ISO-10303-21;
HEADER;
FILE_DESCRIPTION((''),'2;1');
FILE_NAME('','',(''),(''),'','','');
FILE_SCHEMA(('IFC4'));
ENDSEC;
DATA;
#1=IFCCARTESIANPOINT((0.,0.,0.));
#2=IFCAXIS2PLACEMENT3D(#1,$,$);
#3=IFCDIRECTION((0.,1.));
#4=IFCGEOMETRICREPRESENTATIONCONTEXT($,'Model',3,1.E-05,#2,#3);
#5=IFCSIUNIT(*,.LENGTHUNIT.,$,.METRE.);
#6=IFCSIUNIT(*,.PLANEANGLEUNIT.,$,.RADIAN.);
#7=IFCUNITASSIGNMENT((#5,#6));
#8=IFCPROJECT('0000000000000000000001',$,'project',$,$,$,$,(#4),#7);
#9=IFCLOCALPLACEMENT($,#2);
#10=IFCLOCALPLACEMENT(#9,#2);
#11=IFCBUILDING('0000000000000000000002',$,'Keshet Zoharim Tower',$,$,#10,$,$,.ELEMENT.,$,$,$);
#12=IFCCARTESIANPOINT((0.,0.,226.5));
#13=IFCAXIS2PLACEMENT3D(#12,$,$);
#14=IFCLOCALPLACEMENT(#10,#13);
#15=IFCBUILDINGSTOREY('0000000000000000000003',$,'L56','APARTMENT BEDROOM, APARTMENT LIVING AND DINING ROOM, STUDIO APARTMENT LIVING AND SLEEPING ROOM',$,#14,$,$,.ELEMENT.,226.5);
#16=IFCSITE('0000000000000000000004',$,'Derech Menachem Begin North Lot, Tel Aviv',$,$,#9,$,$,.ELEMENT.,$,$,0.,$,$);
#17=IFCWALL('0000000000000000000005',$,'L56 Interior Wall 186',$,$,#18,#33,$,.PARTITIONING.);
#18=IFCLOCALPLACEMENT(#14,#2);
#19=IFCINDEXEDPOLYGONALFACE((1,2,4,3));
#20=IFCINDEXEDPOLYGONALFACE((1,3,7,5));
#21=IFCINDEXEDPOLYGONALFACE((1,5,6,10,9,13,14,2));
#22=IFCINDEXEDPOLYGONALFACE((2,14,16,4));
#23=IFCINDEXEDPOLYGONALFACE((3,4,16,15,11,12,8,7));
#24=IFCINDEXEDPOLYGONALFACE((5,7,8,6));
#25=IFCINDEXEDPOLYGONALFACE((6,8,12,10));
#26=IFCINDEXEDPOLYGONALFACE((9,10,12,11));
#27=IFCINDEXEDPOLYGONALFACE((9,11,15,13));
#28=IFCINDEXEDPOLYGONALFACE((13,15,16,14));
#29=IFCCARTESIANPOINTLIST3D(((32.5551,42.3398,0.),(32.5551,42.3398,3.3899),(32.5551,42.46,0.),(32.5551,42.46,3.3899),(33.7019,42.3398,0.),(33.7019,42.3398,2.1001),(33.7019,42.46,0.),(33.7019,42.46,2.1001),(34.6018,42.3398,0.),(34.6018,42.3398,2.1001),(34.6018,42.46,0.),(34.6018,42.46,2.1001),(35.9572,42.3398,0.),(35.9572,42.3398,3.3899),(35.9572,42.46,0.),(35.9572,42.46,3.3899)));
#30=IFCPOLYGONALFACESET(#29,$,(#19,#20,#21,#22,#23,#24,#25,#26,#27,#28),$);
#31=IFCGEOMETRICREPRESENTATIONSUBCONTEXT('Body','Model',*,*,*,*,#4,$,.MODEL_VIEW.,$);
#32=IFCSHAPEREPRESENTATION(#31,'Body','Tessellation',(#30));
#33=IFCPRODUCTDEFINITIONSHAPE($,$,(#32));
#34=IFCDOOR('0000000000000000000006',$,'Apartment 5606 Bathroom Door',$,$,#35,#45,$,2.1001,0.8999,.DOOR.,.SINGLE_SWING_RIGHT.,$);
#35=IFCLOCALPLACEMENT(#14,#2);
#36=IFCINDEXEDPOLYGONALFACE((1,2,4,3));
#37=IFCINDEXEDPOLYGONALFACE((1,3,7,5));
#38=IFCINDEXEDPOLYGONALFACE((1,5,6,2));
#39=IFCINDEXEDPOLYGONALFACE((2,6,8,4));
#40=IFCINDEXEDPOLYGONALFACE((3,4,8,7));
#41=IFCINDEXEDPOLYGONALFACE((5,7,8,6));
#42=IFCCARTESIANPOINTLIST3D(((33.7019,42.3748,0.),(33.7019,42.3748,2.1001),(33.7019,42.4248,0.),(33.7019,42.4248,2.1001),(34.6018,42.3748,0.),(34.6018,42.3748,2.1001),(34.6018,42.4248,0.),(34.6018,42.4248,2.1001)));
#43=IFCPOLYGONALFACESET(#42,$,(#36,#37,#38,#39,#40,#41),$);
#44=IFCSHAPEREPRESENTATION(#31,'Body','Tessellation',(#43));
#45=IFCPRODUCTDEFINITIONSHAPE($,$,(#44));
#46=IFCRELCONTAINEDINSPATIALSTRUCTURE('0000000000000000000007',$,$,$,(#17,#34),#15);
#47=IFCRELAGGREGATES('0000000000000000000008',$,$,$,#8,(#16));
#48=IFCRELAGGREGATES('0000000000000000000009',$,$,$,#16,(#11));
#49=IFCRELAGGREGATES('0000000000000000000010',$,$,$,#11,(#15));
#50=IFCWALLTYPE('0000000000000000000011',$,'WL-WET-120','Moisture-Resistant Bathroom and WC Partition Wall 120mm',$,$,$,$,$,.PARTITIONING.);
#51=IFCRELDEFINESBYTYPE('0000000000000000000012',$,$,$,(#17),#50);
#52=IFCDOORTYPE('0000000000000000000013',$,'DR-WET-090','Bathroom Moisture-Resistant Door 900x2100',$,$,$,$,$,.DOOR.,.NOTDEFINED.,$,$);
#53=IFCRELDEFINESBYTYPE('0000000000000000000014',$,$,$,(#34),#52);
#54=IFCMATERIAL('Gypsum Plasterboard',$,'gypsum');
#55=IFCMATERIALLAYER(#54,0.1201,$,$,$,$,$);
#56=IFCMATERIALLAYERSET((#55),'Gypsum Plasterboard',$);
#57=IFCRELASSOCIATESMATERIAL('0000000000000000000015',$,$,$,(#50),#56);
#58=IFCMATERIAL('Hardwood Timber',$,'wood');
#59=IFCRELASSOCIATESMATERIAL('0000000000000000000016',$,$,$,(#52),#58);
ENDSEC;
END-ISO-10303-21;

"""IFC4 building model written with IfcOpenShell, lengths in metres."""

from ifc_helpers import new_model, si_unit, direction, frame, frame_2d, origin, place, context, subcontext, project, spatial, rectangle, extrude, material, layer, layer_set, type_object, element, fill, save


model = new_model("IFC4")

# Units and contexts
model_context = context("Model", 3, precision=1e-05, world=origin(), true_north=direction((0.0, 1.0)))
body_context = subcontext(model_context, "Body", "Model", "MODEL_VIEW")
ifc_project = project(units=[si_unit("LENGTHUNIT", "METRE"), si_unit("PLANEANGLEUNIT", "RADIAN")], contexts=[model_context])

# Site, building, storey
site_placement = place(None, origin())
site = spatial("IfcSite", under=ifc_project, at=site_placement, Name="Derech Menachem Begin North Lot, Tel Aviv", CompositionType="ELEMENT", RefElevation=0.0)
building_placement = place(site_placement, origin())
building = spatial("IfcBuilding", under=site, at=building_placement, Name="Keshet Zoharim Tower", CompositionType="ELEMENT")
storey_placement = place(building_placement, frame((0.0, 0.0, 226.5)))
storey = spatial("IfcBuildingStorey", under=building, at=storey_placement, Name="L56", Description="APARTMENT BEDROOM, APARTMENT LIVING AND DINING ROOM, STUDIO APARTMENT LIVING AND SLEEPING ROOM", CompositionType="ELEMENT", Elevation=226.5)

# Shared definitions
ifc_material_1 = material(Name="Gypsum Plasterboard", Category="gypsum")

# Shared definitions
ifc_material_2 = material(Name="Hardwood Timber", Category="wood")

# Shared definitions
ifc_layer_1 = layer(ifc_material_1, 0.1201)
ifc_layer_set_1 = layer_set([ifc_layer_1], Name="Gypsum Plasterboard")
wall_type_1 = type_object("IfcWallType", Name="WL-WET-120", Description="Moisture-Resistant Bathroom and WC Partition Wall 120mm", PredefinedType="PARTITIONING", material=ifc_layer_set_1)

# Wall, opening, door
wall_1_placement = place(storey_placement, frame((32.5549, 42.3999, 0.0), z_axis=(0.0, 0.0, 1.0), x_axis=(1.0, 0.0, 0.0)))
wall_1 = element("IfcWall", 1, at=wall_1_placement, inside=storey, type_object=wall_type_1, Name="L56 Interior Wall 186", PredefinedType="PARTITIONING", context=body_context, shape_type="SweptSolid", body=[
    extrude(rectangle(XDim=3.4021, YDim=0.1201, at=frame_2d((1.7012, 0.0))), origin(), (0.0, 0.0, 1.0), 3.3899),
])
opening_1_placement = place(wall_1_placement, frame((1.147, 0.0, 0.0)))
opening_1 = element("IfcOpeningElement", 2, at=opening_1_placement, cuts=wall_1, PredefinedType="OPENING", context=body_context, shape_type="SweptSolid", body=[
    extrude(rectangle(XDim=0.8999, YDim=2.1001, at=frame_2d((0.45, 1.05))), frame((0.0, 0.0701, 0.0), z_axis=(0.0, -1.0, 0.0), x_axis=(1.0, 0.0, 0.0)), (0.0, 0.0, 1.0), 0.1401),
])
door_type_1 = type_object("IfcDoorType", Name="DR-WET-090", Description="Bathroom Moisture-Resistant Door 900x2100", OperationType="NOTDEFINED", PredefinedType="DOOR", material=ifc_material_2)
door_1_placement = place(opening_1_placement, origin())
door_1 = element("IfcDoor", 3, at=door_1_placement, inside=storey, type_object=door_type_1, Name="Apartment 5606 Bathroom Door", OperationType="SINGLE_SWING_RIGHT", OverallHeight=2.1001, OverallWidth=0.8999, PredefinedType="DOOR", context=body_context, shape_type="SweptSolid", body=[
    extrude(rectangle(XDim=0.8999, YDim=2.1001, at=frame_2d((0.45, 1.05))), frame((0.0, 0.0249, 0.0), z_axis=(0.0, -1.0, 0.0), x_axis=(1.0, 0.0, 0.0)), (0.0, 0.0, 1.0), 0.05),
])
fill(opening_1, door_1)

save(model, "model.ifc")
